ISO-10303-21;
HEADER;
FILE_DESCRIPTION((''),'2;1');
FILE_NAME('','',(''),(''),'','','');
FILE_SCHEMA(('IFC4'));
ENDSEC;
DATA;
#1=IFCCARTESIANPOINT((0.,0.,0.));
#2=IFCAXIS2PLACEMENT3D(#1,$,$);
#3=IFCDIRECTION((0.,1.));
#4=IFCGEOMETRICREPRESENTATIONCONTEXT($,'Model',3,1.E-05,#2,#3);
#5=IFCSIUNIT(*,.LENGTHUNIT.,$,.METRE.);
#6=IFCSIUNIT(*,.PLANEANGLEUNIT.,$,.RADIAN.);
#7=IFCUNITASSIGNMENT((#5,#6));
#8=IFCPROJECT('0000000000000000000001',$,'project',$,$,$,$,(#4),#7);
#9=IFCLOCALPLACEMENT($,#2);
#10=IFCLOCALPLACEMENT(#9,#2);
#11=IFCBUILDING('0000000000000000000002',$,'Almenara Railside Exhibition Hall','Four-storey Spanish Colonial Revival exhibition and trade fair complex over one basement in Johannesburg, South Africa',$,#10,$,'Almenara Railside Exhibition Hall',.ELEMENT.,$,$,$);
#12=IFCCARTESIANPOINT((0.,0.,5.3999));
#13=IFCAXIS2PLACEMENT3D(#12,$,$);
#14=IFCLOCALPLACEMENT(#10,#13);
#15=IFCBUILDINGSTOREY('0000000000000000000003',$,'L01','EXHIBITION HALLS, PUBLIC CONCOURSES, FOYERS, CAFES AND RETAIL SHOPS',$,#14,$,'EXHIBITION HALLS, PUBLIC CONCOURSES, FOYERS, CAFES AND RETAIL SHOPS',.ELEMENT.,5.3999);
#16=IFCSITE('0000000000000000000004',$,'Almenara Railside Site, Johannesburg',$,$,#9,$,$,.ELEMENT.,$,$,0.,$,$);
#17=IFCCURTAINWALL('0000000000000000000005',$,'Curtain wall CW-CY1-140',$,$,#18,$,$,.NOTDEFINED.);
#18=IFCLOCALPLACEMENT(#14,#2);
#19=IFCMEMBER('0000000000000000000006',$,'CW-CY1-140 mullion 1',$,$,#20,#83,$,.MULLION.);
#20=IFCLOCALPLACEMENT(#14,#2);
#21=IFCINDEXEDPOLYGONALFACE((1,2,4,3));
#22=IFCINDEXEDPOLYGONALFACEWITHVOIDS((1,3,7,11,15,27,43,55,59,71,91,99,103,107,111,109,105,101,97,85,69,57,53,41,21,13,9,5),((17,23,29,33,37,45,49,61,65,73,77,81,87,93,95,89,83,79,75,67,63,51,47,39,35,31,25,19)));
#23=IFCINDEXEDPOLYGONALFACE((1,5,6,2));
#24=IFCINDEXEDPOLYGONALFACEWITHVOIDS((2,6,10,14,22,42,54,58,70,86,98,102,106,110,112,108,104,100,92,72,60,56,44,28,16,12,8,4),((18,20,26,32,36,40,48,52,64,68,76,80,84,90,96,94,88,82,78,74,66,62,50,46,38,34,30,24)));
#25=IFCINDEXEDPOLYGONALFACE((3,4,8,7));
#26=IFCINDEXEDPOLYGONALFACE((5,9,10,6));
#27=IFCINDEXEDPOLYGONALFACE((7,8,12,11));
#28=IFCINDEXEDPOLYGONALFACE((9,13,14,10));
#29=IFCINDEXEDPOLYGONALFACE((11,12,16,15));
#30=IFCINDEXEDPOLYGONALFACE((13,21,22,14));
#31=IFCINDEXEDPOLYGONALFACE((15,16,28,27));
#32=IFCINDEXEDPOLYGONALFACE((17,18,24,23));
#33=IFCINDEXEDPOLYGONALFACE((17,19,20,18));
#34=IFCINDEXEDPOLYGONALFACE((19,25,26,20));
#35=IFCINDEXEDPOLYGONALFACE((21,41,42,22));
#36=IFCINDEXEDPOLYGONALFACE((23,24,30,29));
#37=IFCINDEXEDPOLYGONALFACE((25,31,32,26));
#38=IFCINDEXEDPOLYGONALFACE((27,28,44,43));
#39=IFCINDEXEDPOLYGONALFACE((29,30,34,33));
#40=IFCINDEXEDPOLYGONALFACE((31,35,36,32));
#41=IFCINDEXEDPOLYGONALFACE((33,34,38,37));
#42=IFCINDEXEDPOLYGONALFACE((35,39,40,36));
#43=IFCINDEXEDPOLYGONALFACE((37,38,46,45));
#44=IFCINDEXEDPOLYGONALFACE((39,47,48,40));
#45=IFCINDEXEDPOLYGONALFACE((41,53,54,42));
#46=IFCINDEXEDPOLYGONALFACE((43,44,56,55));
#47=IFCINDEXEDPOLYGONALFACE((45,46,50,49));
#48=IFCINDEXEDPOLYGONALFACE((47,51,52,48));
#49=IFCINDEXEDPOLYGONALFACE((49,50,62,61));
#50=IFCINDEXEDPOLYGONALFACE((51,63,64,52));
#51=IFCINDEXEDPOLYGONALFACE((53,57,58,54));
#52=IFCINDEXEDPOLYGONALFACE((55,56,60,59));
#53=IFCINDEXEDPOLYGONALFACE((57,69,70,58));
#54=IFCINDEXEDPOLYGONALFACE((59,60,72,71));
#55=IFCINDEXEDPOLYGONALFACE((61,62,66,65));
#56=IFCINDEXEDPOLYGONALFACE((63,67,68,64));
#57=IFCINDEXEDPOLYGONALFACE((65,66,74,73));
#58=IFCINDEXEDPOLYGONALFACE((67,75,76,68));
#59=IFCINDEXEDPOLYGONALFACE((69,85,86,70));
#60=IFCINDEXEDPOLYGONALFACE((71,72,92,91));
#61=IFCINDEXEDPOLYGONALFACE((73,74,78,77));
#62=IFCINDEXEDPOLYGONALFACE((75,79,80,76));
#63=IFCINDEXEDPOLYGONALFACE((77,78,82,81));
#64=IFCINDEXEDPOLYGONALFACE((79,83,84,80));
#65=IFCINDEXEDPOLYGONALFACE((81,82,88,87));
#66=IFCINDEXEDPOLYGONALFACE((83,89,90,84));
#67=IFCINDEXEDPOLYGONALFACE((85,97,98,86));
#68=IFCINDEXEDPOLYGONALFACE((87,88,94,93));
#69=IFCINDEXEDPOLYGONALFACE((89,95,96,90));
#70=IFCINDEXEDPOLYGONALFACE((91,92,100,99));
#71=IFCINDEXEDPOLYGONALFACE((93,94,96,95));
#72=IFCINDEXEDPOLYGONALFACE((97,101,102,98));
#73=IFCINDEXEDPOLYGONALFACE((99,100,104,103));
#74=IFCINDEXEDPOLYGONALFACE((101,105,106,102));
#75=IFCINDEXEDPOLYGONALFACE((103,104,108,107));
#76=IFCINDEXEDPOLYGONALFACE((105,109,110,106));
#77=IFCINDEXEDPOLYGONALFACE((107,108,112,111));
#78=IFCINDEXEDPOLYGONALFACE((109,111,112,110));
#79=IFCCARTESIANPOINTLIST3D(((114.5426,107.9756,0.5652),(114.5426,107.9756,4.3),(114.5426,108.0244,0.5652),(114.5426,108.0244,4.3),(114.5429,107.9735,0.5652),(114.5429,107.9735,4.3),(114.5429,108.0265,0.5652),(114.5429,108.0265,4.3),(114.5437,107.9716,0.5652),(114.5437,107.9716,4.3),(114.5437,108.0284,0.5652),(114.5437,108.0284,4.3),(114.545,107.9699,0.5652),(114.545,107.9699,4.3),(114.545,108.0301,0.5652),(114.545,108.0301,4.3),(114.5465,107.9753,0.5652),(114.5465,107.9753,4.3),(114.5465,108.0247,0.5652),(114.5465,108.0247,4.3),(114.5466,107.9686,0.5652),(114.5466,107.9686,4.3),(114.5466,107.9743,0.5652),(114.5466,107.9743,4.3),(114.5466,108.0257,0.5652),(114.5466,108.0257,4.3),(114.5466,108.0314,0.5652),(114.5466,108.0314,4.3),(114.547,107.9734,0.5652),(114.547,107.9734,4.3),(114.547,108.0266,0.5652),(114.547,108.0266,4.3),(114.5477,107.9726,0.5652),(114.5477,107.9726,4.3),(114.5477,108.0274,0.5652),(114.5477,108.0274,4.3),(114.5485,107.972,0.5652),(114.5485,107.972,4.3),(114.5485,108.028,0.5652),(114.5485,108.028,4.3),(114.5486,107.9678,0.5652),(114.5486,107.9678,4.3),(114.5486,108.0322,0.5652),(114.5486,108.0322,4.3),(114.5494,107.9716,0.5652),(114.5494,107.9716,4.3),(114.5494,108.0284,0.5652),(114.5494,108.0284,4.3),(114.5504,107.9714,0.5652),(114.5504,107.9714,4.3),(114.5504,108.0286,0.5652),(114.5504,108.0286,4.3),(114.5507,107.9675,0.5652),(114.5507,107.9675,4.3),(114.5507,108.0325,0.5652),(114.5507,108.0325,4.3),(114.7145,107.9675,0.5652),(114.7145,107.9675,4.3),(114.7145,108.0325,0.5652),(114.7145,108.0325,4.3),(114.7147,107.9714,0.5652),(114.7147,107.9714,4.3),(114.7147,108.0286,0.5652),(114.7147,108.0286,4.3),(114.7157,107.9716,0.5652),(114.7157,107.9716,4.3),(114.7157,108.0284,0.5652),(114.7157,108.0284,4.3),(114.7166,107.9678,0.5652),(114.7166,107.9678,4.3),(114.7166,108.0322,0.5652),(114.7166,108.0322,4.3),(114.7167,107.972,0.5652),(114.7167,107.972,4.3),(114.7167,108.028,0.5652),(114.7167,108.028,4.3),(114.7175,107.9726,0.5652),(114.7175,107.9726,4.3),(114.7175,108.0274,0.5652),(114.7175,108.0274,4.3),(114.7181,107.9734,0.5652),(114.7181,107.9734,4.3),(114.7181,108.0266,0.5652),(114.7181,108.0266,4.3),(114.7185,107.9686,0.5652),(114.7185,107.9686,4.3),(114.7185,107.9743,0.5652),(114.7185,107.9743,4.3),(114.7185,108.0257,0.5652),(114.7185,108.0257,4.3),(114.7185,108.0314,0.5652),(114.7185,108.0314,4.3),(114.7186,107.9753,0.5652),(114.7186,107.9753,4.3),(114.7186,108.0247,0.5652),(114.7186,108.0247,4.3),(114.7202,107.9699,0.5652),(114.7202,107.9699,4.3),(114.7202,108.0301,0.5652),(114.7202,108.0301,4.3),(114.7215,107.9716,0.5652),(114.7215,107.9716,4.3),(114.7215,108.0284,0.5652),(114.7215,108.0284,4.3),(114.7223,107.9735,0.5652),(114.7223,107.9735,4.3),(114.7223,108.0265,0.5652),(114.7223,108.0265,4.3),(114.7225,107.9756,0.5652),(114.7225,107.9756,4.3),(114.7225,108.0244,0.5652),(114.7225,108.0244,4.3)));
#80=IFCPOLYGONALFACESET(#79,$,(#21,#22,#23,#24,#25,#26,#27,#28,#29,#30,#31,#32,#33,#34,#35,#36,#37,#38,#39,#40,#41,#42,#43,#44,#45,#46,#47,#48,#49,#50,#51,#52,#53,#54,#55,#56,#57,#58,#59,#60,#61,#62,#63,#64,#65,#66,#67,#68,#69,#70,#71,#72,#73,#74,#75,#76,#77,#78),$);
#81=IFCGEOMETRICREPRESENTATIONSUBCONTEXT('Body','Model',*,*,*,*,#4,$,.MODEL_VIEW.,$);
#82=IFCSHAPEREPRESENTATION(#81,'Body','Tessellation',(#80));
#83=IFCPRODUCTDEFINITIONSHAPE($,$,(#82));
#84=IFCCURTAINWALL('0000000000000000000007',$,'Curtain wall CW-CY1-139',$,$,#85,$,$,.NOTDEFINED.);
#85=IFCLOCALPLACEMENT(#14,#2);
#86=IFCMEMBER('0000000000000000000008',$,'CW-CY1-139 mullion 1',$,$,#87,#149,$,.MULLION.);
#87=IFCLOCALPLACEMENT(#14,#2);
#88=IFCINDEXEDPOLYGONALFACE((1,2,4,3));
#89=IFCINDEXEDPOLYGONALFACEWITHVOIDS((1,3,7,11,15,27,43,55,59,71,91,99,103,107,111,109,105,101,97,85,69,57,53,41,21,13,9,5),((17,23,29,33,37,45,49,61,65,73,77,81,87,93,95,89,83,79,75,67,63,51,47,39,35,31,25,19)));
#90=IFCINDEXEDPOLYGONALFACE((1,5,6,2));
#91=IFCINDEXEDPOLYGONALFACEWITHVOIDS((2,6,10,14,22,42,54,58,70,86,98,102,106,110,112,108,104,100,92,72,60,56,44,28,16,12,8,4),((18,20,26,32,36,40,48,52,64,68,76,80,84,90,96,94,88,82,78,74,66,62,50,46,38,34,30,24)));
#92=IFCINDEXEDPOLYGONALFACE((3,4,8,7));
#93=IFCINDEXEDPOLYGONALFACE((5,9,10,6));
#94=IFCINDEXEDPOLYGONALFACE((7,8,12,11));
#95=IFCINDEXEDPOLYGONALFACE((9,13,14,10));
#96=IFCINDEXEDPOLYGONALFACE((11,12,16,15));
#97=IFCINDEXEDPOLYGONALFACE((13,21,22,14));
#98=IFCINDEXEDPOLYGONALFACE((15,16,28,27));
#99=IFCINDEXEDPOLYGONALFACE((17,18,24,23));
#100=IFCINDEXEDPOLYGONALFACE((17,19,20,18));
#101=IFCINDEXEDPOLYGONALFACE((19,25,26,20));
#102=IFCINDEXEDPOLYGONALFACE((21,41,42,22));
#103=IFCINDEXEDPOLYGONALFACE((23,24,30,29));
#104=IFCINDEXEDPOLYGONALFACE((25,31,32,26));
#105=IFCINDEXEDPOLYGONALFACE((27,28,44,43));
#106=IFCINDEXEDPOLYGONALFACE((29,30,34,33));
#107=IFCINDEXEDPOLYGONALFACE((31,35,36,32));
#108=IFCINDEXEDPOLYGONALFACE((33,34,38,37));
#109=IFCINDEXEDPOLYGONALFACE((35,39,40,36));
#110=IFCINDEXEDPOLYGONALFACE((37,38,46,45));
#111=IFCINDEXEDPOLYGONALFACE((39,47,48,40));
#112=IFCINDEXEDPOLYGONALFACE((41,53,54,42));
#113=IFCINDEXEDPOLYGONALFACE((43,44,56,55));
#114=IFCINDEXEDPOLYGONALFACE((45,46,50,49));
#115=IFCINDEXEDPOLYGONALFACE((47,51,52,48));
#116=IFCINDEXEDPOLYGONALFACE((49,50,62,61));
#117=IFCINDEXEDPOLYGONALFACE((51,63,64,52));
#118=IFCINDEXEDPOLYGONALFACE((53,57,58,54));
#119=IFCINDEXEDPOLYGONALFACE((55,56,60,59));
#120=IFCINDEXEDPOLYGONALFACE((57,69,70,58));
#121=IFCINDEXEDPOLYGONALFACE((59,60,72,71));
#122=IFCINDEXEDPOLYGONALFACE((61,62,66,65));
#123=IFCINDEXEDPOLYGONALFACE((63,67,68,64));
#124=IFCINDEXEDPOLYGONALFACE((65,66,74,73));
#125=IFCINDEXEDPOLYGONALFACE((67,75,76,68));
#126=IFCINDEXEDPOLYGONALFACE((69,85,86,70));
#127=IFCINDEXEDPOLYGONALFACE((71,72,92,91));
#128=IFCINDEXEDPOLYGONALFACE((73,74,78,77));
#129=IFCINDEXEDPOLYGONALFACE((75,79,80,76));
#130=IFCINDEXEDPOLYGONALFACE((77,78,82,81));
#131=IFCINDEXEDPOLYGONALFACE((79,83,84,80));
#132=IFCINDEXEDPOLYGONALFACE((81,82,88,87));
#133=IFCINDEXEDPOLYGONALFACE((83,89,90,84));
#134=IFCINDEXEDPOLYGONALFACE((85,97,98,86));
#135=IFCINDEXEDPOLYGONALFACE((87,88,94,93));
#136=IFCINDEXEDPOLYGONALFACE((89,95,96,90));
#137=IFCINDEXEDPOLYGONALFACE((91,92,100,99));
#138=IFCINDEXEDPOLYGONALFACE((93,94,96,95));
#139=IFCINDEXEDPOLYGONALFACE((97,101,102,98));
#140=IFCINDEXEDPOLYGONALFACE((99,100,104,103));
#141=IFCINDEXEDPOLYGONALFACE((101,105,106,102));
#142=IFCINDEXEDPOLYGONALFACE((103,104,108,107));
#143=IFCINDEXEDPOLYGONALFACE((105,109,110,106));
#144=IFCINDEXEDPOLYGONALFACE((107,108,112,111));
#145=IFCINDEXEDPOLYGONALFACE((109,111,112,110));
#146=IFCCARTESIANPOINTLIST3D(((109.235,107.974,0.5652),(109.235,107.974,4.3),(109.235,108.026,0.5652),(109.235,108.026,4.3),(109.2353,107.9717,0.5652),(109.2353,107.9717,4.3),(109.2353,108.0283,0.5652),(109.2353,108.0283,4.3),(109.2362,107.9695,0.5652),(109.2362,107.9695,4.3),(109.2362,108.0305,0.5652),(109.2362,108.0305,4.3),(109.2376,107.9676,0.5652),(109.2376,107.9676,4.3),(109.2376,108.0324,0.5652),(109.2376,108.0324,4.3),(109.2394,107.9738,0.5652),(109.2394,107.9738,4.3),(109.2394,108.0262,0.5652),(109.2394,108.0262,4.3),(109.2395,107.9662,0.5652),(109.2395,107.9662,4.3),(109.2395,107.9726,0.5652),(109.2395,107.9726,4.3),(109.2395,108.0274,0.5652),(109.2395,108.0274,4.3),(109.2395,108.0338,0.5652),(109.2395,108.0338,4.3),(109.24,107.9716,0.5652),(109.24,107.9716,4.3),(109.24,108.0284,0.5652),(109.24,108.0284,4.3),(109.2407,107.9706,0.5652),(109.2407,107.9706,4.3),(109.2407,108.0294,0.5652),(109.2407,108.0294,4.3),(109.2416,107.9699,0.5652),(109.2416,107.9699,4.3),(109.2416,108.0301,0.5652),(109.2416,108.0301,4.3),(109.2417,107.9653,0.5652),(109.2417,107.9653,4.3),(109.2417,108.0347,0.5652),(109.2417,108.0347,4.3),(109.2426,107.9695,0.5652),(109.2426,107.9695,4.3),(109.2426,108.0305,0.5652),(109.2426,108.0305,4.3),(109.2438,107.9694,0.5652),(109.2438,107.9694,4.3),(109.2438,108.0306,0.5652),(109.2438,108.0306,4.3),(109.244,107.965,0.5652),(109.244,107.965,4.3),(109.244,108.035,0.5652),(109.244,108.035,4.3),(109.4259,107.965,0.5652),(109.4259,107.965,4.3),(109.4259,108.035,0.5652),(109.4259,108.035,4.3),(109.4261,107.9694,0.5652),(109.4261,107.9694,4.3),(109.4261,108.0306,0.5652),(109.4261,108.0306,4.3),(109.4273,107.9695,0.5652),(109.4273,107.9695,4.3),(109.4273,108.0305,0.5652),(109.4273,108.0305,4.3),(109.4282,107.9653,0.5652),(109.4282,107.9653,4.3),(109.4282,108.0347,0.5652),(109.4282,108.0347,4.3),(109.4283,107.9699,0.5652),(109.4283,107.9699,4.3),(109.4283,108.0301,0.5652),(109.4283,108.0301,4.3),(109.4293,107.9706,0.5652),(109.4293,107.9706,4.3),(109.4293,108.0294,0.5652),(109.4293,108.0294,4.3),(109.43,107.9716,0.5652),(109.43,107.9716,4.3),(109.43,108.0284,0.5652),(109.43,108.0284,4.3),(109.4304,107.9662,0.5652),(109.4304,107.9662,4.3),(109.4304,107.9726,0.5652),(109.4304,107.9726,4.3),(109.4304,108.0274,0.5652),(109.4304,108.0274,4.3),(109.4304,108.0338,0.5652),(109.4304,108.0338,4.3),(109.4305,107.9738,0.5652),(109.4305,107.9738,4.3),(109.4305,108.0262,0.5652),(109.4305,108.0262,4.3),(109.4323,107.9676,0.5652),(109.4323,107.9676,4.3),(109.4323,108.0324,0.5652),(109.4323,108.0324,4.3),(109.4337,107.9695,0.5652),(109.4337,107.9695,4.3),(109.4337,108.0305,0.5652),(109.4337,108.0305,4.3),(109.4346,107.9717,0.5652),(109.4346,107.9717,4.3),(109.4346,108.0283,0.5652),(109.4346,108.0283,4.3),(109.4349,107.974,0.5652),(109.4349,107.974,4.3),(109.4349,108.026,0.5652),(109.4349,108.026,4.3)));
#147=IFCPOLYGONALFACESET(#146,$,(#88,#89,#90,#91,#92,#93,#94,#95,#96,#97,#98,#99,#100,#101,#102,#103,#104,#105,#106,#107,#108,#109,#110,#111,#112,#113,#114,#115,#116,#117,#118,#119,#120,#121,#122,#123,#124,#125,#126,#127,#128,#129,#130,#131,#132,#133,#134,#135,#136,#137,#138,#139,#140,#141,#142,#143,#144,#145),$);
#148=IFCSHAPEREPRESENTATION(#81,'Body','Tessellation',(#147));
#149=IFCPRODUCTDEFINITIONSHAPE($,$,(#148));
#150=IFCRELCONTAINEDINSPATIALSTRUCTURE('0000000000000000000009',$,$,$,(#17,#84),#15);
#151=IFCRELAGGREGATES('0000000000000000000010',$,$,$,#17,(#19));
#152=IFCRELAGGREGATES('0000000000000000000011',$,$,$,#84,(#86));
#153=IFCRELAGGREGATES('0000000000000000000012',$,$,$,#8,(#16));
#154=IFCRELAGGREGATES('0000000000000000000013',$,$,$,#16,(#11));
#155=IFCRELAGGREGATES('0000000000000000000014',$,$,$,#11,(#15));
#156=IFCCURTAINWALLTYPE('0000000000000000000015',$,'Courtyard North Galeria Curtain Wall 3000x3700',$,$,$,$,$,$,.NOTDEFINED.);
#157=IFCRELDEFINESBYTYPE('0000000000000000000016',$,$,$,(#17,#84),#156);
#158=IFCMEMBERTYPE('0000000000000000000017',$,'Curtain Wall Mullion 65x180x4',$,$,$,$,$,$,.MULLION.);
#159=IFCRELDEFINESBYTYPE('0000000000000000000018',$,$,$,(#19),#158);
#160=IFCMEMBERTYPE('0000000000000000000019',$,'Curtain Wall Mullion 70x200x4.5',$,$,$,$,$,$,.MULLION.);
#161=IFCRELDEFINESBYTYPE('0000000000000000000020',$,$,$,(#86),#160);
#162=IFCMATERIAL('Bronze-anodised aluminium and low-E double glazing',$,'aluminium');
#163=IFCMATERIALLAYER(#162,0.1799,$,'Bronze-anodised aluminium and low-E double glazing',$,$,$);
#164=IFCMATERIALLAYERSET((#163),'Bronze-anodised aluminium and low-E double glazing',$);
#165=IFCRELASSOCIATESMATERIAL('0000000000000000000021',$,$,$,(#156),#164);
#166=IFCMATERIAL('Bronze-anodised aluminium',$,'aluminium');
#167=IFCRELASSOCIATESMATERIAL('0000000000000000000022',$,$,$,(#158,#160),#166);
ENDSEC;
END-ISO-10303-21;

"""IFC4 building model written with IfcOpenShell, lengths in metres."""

from ifc_helpers import new_model, si_unit, direction, frame, origin, origin_2d, place, context, subcontext, project, spatial, hollow_rectangle, extrude, material, layer, layer_set, material_profile, profile_set, type_object, element, aggregate, save


model = new_model("IFC4")

# Units and contexts
model_context = context("Model", 3, precision=1e-05, world=origin(), true_north=direction((0.0, 1.0)))
body_context = subcontext(model_context, "Body", "Model", "MODEL_VIEW")
ifc_project = project(units=[si_unit("LENGTHUNIT", "METRE"), si_unit("PLANEANGLEUNIT", "RADIAN")], contexts=[model_context])

# Site, building, storey
site_placement = place(None, origin())
site = spatial("IfcSite", under=ifc_project, at=site_placement, Name="Almenara Railside Site, Johannesburg", CompositionType="ELEMENT", RefElevation=0.0)
building_placement = place(site_placement, origin())
building = spatial("IfcBuilding", under=site, at=building_placement, Name="Almenara Railside Exhibition Hall", Description="Four-storey Spanish Colonial Revival exhibition and trade fair complex over one basement in Johannesburg, South Africa", LongName="Almenara Railside Exhibition Hall", CompositionType="ELEMENT")
storey_placement = place(building_placement, frame((0.0, 0.0, 5.3999)))
storey = spatial("IfcBuildingStorey", under=building, at=storey_placement, Name="L01", Description="EXHIBITION HALLS, PUBLIC CONCOURSES, FOYERS, CAFES AND RETAIL SHOPS", LongName="EXHIBITION HALLS, PUBLIC CONCOURSES, FOYERS, CAFES AND RETAIL SHOPS", CompositionType="ELEMENT", Elevation=5.3999)

# Curtain wall, member
ifc_material_1 = material(Name="Bronze-anodised aluminium and low-E double glazing", Category="aluminium")
ifc_layer_1 = layer(ifc_material_1, 0.1799, Name="Bronze-anodised aluminium and low-E double glazing")
ifc_layer_set_1 = layer_set([ifc_layer_1], Name="Bronze-anodised aluminium and low-E double glazing")
curtain_wall_type = type_object("IfcCurtainWallType", Name="Courtyard North Galeria Curtain Wall 3000x3700", PredefinedType="NOTDEFINED", material=ifc_layer_set_1)
curtain_wall_1_placement = place(storey_placement, origin())
curtain_wall_1 = element("IfcCurtainWall", 1, at=curtain_wall_1_placement, inside=storey, type_object=curtain_wall_type, Name="Curtain wall CW-CY1-140", PredefinedType="NOTDEFINED")
ifc_material_2 = material(Name="Bronze-anodised aluminium", Category="aluminium")
ifc_material_profile_1 = material_profile(ifc_material_2, hollow_rectangle(XDim=0.0649, YDim=0.1799, WallThickness=0.0039, InnerFilletRadius=0.0039, OuterFilletRadius=0.0081, at=origin_2d()), Name="ALU-MUL 65x180x4")
ifc_profile_set_1 = profile_set([ifc_material_profile_1], Name="Bronze-anodised aluminium")
member_type_1 = type_object("IfcMemberType", Name="Curtain Wall Mullion 65x180x4", PredefinedType="MULLION", material=ifc_profile_set_1)
member_1_placement = place(storey_placement, frame((114.6326, 108.0, 0.5652), z_axis=(0.0, 0.0, 1.0), x_axis=(0.0, 1.0, 0.0)))
member_1 = element("IfcMember", 2, at=member_1_placement, type_object=member_type_1, Name="CW-CY1-140 mullion 1", PredefinedType="MULLION", context=body_context, shape_type="SweptSolid", body=[
    extrude(hollow_rectangle(XDim=0.0649, YDim=0.1799, WallThickness=0.0039, InnerFilletRadius=0.0039, OuterFilletRadius=0.0081, at=origin_2d()), origin(), (0.0, 0.0, 1.0), 3.7349),
])

# Curtain wall, member
curtain_wall_2_placement = place(storey_placement, origin())
curtain_wall_2 = element("IfcCurtainWall", 3, at=curtain_wall_2_placement, inside=storey, type_object=curtain_wall_type, Name="Curtain wall CW-CY1-139", PredefinedType="NOTDEFINED")
ifc_material_profile_2 = material_profile(ifc_material_2, hollow_rectangle(XDim=0.0701, YDim=0.2, WallThickness=0.0044, InnerFilletRadius=0.0044, OuterFilletRadius=0.009, at=origin_2d()), Name="ALU-MUL 70x200x4.5")
ifc_profile_set_2 = profile_set([ifc_material_profile_2], Name="Bronze-anodised aluminium")
member_type_2 = type_object("IfcMemberType", Name="Curtain Wall Mullion 70x200x4.5", PredefinedType="MULLION", material=ifc_profile_set_2)
member_2_placement = place(storey_placement, frame((109.335, 108.0, 0.5652), z_axis=(0.0, 0.0, 1.0), x_axis=(0.0, 1.0, 0.0)))
member_2 = element("IfcMember", 4, at=member_2_placement, type_object=member_type_2, Name="CW-CY1-139 mullion 1", PredefinedType="MULLION", context=body_context, shape_type="SweptSolid", body=[
    extrude(hollow_rectangle(XDim=0.0701, YDim=0.2, WallThickness=0.0044, InnerFilletRadius=0.0044, OuterFilletRadius=0.009, at=origin_2d()), origin(), (0.0, 0.0, 1.0), 3.7349),
])

aggregate(curtain_wall_1, [member_1])

aggregate(curtain_wall_2, [member_2])

save(model, "model.ifc")
